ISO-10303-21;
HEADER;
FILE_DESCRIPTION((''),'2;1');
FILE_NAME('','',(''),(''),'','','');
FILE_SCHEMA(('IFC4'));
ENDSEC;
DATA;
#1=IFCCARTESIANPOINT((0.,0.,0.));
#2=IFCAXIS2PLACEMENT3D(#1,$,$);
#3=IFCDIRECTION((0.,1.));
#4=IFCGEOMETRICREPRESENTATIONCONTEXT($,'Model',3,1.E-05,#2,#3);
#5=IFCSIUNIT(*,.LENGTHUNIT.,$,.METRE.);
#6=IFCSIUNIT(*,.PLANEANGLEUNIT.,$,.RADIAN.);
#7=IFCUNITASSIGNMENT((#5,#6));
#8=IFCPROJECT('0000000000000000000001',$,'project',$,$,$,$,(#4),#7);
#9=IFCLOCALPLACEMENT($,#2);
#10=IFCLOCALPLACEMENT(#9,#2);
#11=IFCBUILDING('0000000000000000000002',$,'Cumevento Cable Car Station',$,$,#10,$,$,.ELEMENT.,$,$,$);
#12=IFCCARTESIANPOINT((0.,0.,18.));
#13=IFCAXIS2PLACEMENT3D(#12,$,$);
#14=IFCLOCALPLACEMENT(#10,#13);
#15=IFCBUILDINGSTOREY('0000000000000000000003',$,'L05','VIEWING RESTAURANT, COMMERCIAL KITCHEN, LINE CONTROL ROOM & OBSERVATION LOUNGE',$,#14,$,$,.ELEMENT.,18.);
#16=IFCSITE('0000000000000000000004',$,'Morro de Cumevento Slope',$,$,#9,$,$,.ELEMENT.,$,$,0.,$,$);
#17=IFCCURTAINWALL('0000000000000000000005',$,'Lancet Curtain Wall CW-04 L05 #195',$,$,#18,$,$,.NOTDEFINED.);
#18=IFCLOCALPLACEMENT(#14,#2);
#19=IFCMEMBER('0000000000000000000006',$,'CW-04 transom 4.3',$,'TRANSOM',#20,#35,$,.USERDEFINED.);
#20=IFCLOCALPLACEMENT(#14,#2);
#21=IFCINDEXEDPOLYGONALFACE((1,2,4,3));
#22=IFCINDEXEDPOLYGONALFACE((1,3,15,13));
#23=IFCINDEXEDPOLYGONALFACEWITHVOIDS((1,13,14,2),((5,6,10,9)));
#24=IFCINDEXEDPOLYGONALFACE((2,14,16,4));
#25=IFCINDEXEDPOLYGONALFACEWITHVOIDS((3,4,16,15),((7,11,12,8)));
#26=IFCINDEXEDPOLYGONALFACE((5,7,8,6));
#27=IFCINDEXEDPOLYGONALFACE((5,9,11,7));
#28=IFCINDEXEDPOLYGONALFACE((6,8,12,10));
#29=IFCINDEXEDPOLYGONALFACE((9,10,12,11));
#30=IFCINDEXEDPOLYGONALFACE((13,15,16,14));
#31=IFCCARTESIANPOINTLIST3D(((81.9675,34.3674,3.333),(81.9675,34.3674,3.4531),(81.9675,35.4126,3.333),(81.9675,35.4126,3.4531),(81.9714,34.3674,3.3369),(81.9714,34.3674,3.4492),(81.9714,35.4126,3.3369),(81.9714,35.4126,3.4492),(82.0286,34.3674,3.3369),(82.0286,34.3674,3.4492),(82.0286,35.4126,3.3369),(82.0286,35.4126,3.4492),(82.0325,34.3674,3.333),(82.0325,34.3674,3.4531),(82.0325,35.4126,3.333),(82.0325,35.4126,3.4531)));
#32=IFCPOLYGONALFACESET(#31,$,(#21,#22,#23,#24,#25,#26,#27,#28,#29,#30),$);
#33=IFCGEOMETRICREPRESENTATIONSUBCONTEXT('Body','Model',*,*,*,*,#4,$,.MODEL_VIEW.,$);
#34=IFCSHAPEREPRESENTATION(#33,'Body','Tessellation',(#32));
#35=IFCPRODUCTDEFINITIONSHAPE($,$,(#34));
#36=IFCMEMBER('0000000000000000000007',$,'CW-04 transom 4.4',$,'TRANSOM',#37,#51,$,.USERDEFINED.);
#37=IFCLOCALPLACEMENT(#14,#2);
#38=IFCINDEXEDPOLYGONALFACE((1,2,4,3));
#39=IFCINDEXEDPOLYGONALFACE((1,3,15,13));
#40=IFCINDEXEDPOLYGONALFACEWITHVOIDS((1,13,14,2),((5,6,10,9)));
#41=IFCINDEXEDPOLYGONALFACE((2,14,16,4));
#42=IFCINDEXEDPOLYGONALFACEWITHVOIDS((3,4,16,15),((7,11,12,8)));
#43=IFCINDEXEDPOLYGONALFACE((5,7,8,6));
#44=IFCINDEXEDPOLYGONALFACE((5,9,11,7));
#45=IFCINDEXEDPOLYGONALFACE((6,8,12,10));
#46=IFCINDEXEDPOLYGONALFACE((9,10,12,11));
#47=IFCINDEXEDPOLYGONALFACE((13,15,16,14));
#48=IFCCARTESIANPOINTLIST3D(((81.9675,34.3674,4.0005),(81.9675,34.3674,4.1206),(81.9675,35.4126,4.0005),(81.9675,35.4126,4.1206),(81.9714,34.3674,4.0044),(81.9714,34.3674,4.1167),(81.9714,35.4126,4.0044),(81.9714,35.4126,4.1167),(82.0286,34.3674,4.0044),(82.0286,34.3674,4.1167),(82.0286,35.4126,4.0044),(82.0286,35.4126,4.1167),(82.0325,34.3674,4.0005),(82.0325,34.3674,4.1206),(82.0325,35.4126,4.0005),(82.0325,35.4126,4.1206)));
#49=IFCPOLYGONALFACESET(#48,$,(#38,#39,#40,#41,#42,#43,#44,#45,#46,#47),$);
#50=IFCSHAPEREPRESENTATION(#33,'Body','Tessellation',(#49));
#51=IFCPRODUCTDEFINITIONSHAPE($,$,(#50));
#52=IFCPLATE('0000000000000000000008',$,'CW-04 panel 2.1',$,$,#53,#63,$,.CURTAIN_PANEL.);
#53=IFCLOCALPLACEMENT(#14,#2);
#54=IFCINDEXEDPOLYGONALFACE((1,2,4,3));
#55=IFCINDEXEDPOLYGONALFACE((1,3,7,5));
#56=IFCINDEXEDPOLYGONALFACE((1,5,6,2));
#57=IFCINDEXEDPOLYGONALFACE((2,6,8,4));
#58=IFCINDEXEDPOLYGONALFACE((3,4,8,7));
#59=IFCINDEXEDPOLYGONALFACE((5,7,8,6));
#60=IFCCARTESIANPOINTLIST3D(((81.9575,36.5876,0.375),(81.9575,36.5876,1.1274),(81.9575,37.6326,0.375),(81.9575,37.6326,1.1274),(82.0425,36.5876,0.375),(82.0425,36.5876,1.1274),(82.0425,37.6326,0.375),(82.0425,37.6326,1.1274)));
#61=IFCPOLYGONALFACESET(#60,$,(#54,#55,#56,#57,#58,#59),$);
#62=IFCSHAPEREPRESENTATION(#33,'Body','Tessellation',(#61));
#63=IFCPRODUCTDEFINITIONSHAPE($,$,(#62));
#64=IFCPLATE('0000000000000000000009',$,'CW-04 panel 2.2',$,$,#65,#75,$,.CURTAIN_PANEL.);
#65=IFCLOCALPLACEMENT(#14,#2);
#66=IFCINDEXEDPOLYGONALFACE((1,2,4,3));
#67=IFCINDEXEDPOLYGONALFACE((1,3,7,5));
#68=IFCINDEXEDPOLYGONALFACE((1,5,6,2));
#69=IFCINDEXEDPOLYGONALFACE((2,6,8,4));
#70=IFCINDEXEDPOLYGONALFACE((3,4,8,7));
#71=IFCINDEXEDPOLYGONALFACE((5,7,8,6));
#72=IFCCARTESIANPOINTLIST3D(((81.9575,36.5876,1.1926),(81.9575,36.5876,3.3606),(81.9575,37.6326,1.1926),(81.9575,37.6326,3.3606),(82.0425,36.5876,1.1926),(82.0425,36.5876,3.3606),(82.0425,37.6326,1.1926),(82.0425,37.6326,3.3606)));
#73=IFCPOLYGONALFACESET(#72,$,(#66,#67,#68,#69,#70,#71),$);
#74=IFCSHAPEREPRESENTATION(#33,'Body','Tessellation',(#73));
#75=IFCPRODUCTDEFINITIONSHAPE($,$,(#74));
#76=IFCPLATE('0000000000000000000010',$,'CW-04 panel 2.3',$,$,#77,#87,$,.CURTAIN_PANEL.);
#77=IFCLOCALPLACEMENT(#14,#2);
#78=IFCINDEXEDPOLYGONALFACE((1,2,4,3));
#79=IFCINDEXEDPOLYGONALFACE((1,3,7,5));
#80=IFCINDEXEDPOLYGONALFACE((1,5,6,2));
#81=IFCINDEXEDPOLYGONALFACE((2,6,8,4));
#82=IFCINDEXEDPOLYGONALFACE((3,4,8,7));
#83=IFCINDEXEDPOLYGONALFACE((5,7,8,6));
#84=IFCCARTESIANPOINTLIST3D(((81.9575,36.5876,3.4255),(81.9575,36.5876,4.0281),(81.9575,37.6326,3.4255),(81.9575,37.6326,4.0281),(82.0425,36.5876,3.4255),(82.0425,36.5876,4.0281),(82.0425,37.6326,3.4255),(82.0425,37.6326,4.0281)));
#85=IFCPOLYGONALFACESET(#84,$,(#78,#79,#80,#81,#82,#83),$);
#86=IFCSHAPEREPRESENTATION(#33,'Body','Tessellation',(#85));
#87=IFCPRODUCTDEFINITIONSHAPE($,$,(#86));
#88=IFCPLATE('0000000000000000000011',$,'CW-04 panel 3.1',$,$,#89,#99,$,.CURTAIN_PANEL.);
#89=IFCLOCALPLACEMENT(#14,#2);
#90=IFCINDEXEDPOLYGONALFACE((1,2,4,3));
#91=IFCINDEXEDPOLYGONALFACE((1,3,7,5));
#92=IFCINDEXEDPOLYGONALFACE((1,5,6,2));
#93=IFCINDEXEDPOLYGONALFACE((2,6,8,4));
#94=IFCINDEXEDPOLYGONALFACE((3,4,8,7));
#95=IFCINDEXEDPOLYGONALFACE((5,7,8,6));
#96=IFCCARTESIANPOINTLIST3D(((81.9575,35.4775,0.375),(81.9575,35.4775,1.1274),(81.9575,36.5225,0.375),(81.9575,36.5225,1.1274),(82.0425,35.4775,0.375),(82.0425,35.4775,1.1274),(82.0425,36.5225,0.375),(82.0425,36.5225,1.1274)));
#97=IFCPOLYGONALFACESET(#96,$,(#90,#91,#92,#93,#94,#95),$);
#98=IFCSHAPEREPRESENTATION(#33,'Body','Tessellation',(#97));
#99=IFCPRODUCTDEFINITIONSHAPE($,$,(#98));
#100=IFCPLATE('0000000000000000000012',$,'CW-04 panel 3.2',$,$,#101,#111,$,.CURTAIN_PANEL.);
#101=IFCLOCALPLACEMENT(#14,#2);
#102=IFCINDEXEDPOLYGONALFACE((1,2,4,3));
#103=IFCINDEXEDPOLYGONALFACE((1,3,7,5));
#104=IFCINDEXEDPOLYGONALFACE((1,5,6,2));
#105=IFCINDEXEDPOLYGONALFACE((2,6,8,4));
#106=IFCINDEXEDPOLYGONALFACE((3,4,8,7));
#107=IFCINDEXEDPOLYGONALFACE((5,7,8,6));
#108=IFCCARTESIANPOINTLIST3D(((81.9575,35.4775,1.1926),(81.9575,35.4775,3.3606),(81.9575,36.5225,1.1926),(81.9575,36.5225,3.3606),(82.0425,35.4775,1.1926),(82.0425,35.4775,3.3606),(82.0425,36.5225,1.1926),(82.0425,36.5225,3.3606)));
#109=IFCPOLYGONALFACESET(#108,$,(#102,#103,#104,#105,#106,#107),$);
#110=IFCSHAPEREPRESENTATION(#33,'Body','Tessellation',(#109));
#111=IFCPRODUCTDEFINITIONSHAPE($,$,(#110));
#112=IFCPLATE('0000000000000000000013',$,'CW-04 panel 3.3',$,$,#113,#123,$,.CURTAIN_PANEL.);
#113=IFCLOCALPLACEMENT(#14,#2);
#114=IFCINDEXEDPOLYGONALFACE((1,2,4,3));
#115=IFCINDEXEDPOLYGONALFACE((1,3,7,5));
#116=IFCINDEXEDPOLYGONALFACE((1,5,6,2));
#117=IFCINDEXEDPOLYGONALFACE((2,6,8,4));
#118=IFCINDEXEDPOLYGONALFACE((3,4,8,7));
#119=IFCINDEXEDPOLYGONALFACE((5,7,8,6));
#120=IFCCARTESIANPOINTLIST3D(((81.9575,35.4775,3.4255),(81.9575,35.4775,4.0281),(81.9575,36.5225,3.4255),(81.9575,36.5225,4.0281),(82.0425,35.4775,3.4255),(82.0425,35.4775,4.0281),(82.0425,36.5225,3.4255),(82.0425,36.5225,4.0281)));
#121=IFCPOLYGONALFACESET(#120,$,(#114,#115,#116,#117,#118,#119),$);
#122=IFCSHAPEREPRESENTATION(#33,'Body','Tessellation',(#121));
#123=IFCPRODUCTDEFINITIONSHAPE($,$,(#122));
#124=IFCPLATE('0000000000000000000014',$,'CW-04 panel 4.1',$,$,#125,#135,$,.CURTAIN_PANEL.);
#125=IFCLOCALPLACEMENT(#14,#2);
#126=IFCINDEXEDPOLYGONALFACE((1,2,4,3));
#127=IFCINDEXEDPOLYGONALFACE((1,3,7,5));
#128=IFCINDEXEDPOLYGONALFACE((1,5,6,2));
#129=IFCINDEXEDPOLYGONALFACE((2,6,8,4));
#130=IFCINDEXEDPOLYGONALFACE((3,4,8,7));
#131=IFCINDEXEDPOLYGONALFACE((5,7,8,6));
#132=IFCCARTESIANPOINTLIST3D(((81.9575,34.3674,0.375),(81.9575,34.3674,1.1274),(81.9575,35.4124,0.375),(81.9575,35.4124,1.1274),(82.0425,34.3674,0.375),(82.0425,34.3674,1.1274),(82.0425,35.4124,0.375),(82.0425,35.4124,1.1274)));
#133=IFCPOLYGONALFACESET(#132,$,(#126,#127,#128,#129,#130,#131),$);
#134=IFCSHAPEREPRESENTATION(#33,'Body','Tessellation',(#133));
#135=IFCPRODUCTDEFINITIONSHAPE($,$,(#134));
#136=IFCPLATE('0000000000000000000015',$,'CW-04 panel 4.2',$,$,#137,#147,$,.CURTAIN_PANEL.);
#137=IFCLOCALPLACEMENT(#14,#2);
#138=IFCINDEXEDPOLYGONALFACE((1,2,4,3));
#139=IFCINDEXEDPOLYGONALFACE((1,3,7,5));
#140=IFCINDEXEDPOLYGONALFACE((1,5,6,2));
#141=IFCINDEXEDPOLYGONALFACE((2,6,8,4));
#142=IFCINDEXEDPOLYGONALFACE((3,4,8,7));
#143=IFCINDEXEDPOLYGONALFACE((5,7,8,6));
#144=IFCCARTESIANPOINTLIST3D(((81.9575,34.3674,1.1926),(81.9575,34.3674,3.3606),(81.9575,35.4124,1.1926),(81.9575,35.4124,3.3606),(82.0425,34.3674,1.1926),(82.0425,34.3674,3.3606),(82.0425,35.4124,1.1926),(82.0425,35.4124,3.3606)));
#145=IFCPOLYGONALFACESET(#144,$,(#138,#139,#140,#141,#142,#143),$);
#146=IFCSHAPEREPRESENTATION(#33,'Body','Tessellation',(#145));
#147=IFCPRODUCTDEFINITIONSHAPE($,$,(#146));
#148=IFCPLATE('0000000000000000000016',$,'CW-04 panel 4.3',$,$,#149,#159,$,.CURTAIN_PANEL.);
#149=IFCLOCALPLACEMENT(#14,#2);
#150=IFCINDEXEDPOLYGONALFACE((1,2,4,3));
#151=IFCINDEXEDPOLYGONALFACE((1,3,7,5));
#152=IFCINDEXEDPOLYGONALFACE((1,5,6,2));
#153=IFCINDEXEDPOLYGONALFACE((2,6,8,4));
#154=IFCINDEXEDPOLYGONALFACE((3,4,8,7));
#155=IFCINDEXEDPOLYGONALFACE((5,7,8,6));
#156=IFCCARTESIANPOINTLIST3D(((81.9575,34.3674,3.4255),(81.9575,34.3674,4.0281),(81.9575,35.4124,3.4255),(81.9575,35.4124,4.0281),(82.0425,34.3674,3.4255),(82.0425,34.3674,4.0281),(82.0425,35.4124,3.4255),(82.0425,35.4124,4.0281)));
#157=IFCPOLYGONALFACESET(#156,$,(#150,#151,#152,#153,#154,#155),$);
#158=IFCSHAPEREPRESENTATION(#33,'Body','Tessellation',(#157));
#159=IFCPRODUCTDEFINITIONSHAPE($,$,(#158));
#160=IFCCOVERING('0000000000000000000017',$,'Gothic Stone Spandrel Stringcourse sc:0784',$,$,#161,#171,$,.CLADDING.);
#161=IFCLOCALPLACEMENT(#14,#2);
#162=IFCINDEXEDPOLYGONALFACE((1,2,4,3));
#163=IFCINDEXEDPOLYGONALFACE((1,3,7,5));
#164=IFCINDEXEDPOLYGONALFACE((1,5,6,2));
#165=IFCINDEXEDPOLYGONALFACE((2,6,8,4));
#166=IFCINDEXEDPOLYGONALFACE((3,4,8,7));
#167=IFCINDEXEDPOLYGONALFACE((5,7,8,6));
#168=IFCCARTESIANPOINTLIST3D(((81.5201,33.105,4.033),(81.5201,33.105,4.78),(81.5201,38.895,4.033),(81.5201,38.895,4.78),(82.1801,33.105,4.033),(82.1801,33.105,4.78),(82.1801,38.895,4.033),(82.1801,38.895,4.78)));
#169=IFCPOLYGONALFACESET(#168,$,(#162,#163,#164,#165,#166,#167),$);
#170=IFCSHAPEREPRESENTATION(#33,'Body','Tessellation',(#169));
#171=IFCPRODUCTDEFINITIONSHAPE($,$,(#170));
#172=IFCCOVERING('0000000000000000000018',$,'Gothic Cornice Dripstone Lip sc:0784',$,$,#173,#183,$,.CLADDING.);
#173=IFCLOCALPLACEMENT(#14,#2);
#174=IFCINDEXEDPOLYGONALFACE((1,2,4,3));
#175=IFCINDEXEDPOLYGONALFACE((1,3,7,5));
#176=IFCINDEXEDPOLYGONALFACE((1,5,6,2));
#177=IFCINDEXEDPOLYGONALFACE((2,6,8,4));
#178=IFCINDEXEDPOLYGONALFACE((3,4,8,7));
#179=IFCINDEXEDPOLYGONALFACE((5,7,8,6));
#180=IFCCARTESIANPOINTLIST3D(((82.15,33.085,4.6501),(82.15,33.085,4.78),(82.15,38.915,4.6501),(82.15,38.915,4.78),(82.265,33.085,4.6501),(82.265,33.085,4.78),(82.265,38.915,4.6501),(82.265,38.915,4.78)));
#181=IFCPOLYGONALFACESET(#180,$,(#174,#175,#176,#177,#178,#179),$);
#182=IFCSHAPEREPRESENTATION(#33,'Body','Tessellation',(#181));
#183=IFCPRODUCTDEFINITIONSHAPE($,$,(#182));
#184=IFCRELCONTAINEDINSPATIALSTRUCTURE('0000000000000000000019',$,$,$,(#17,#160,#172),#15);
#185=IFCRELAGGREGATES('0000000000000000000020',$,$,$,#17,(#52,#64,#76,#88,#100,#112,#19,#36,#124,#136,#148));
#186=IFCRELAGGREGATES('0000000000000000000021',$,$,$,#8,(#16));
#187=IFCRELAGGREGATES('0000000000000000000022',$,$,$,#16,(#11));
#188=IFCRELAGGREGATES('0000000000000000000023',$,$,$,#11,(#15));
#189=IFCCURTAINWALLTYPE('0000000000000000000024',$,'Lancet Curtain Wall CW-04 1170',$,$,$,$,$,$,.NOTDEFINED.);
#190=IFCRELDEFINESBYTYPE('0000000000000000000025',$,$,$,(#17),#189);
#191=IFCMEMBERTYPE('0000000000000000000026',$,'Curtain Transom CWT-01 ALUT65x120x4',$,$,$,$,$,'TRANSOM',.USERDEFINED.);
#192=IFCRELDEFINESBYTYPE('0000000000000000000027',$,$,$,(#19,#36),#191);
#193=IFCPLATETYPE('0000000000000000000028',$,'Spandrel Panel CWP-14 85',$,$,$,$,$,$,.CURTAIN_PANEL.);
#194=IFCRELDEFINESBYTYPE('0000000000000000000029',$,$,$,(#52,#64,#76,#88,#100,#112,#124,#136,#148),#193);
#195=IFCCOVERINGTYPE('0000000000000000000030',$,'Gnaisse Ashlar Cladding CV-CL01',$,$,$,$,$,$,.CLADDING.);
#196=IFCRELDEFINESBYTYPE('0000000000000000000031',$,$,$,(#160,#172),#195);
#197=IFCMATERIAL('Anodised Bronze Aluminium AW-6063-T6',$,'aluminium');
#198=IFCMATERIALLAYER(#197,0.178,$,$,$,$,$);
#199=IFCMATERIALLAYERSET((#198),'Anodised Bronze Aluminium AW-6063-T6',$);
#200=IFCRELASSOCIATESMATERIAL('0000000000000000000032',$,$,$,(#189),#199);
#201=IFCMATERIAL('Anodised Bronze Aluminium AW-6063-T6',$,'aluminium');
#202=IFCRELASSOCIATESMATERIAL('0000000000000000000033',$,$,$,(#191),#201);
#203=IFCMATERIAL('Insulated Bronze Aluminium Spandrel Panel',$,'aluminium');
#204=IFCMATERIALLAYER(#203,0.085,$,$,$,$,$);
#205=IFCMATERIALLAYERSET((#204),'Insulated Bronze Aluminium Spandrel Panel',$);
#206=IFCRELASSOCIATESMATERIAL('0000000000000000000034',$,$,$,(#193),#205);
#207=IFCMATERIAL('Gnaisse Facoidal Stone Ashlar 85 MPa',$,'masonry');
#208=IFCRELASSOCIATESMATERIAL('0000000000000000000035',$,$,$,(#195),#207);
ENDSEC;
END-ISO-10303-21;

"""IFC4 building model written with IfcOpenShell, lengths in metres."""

from ifc_helpers import new_model, si_unit, direction, frame, origin, origin_2d, place, context, subcontext, project, spatial, rectangle, hollow_rectangle, extrude, material, layer, layer_set, material_profile, profile_set, type_object, element, aggregate, save


model = new_model("IFC4")

# Units and contexts
model_context = context("Model", 3, precision=1e-05, world=origin(), true_north=direction((0.0, 1.0)))
body_context = subcontext(model_context, "Body", "Model", "MODEL_VIEW")
ifc_project = project(units=[si_unit("LENGTHUNIT", "METRE"), si_unit("PLANEANGLEUNIT", "RADIAN")], contexts=[model_context])

# Site, building, storey
site_placement = place(None, origin())
site = spatial("IfcSite", under=ifc_project, at=site_placement, Name="Morro de Cumevento Slope", CompositionType="ELEMENT", RefElevation=0.0)
building_placement = place(site_placement, origin())
building = spatial("IfcBuilding", under=site, at=building_placement, Name="Cumevento Cable Car Station", CompositionType="ELEMENT")
storey_placement = place(building_placement, frame((0.0, 0.0, 18.0)))
storey = spatial("IfcBuildingStorey", under=building, at=storey_placement, Name="L05", Description="VIEWING RESTAURANT, COMMERCIAL KITCHEN, LINE CONTROL ROOM & OBSERVATION LOUNGE", CompositionType="ELEMENT", Elevation=18.0)

# Curtain wall, members, plates
ifc_material_1 = material(Name="Anodised Bronze Aluminium AW-6063-T6", Category="aluminium")
ifc_layer_1 = layer(ifc_material_1, 0.178)
ifc_layer_set_1 = layer_set([ifc_layer_1], Name="Anodised Bronze Aluminium AW-6063-T6")
curtain_wall_type = type_object("IfcCurtainWallType", Name="Lancet Curtain Wall CW-04 1170", PredefinedType="NOTDEFINED", material=ifc_layer_set_1)
curtain_wall_placement = place(storey_placement, origin())
curtain_wall = element("IfcCurtainWall", 1, at=curtain_wall_placement, inside=storey, type_object=curtain_wall_type, Name="Lancet Curtain Wall CW-04 L05 #195", PredefinedType="NOTDEFINED")
ifc_material_2 = material(Name="Anodised Bronze Aluminium AW-6063-T6", Category="aluminium")
ifc_material_profile_1 = material_profile(ifc_material_2, hollow_rectangle(XDim=0.0649, YDim=0.1201, WallThickness=0.0039, at=origin_2d()), Name="ALUT65x120x4")
ifc_profile_set_1 = profile_set([ifc_material_profile_1], Name="Anodised Bronze Aluminium AW-6063-T6")
member_type_1 = type_object("IfcMemberType", Name="Curtain Transom CWT-01 ALUT65x120x4", ElementType="TRANSOM", PredefinedType="USERDEFINED", material=ifc_profile_set_1)
member_1_placement = place(storey_placement, frame((82.0, 35.4126, 3.3931), z_axis=(0.0, -1.0, 0.0), x_axis=(1.0, 0.0, 0.0)))
member_1 = element("IfcMember", 2, at=member_1_placement, type_object=member_type_1, Name="CW-04 transom 4.3", ObjectType="TRANSOM", PredefinedType="USERDEFINED", context=body_context, shape_type="SweptSolid", body=[
    extrude(hollow_rectangle(XDim=0.0649, YDim=0.1201, WallThickness=0.0039, at=origin_2d()), origin(), (0.0, 0.0, 1.0), 1.0452),
])
member_2_placement = place(storey_placement, frame((82.0, 35.4126, 4.0605), z_axis=(0.0, -1.0, 0.0), x_axis=(1.0, 0.0, 0.0)))
member_2 = element("IfcMember", 3, at=member_2_placement, type_object=member_type_1, Name="CW-04 transom 4.4", ObjectType="TRANSOM", PredefinedType="USERDEFINED", context=body_context, shape_type="SweptSolid", body=[
    extrude(hollow_rectangle(XDim=0.0649, YDim=0.1201, WallThickness=0.0039, at=origin_2d()), origin(), (0.0, 0.0, 1.0), 1.0452),
])
ifc_material_3 = material(Name="Insulated Bronze Aluminium Spandrel Panel", Category="aluminium")
ifc_layer_2 = layer(ifc_material_3, 0.085)
ifc_layer_set_2 = layer_set([ifc_layer_2], Name="Insulated Bronze Aluminium Spandrel Panel")
plate_type = type_object("IfcPlateType", Name="Spandrel Panel CWP-14 85", PredefinedType="CURTAIN_PANEL", material=ifc_layer_set_2)
plate_1_placement = place(storey_placement, frame((82.0, 37.1101, 0.375), z_axis=(0.0, 0.0, 1.0), x_axis=(0.0, -1.0, 0.0)))
plate_1 = element("IfcPlate", 4, at=plate_1_placement, type_object=plate_type, Name="CW-04 panel 2.1", PredefinedType="CURTAIN_PANEL", context=body_context, shape_type="SweptSolid", body=[
    extrude(rectangle(XDim=1.0449, YDim=0.085, at=origin_2d()), origin(), (0.0, 0.0, 1.0), 0.7524),
])
plate_2_placement = place(storey_placement, frame((82.0, 37.1101, 1.1926), z_axis=(0.0, 0.0, 1.0), x_axis=(0.0, -1.0, 0.0)))
plate_2 = element("IfcPlate", 5, at=plate_2_placement, type_object=plate_type, Name="CW-04 panel 2.2", PredefinedType="CURTAIN_PANEL", context=body_context, shape_type="SweptSolid", body=[
    extrude(rectangle(XDim=1.0449, YDim=0.085, at=origin_2d()), origin(), (0.0, 0.0, 1.0), 2.168),
])
plate_3_placement = place(storey_placement, frame((82.0, 37.1101, 3.4255), z_axis=(0.0, 0.0, 1.0), x_axis=(0.0, -1.0, 0.0)))
plate_3 = element("IfcPlate", 6, at=plate_3_placement, type_object=plate_type, Name="CW-04 panel 2.3", PredefinedType="CURTAIN_PANEL", context=body_context, shape_type="SweptSolid", body=[
    extrude(rectangle(XDim=1.0449, YDim=0.085, at=origin_2d()), origin(), (0.0, 0.0, 1.0), 0.6025),
])
plate_4_placement = place(storey_placement, frame((82.0, 36.0, 0.375), z_axis=(0.0, 0.0, 1.0), x_axis=(0.0, -1.0, 0.0)))
plate_4 = element("IfcPlate", 7, at=plate_4_placement, type_object=plate_type, Name="CW-04 panel 3.1", PredefinedType="CURTAIN_PANEL", context=body_context, shape_type="SweptSolid", body=[
    extrude(rectangle(XDim=1.0449, YDim=0.085, at=origin_2d()), origin(), (0.0, 0.0, 1.0), 0.7524),
])
plate_5_placement = place(storey_placement, frame((82.0, 36.0, 1.1926), z_axis=(0.0, 0.0, 1.0), x_axis=(0.0, -1.0, 0.0)))
plate_5 = element("IfcPlate", 8, at=plate_5_placement, type_object=plate_type, Name="CW-04 panel 3.2", PredefinedType="CURTAIN_PANEL", context=body_context, shape_type="SweptSolid", body=[
    extrude(rectangle(XDim=1.0449, YDim=0.085, at=origin_2d()), origin(), (0.0, 0.0, 1.0), 2.168),
])
plate_6_placement = place(storey_placement, frame((82.0, 36.0, 3.4255), z_axis=(0.0, 0.0, 1.0), x_axis=(0.0, -1.0, 0.0)))
plate_6 = element("IfcPlate", 9, at=plate_6_placement, type_object=plate_type, Name="CW-04 panel 3.3", PredefinedType="CURTAIN_PANEL", context=body_context, shape_type="SweptSolid", body=[
    extrude(rectangle(XDim=1.0449, YDim=0.085, at=origin_2d()), origin(), (0.0, 0.0, 1.0), 0.6025),
])
plate_7_placement = place(storey_placement, frame((82.0, 34.8899, 0.375), z_axis=(0.0, 0.0, 1.0), x_axis=(0.0, -1.0, 0.0)))
plate_7 = element("IfcPlate", 10, at=plate_7_placement, type_object=plate_type, Name="CW-04 panel 4.1", PredefinedType="CURTAIN_PANEL", context=body_context, shape_type="SweptSolid", body=[
    extrude(rectangle(XDim=1.0449, YDim=0.085, at=origin_2d()), origin(), (0.0, 0.0, 1.0), 0.7524),
])
plate_8_placement = place(storey_placement, frame((82.0, 34.8899, 1.1926), z_axis=(0.0, 0.0, 1.0), x_axis=(0.0, -1.0, 0.0)))
plate_8 = element("IfcPlate", 11, at=plate_8_placement, type_object=plate_type, Name="CW-04 panel 4.2", PredefinedType="CURTAIN_PANEL", context=body_context, shape_type="SweptSolid", body=[
    extrude(rectangle(XDim=1.0449, YDim=0.085, at=origin_2d()), origin(), (0.0, 0.0, 1.0), 2.168),
])
plate_9_placement = place(storey_placement, frame((82.0, 34.8899, 3.4255), z_axis=(0.0, 0.0, 1.0), x_axis=(0.0, -1.0, 0.0)))
plate_9 = element("IfcPlate", 12, at=plate_9_placement, type_object=plate_type, Name="CW-04 panel 4.3", PredefinedType="CURTAIN_PANEL", context=body_context, shape_type="SweptSolid", body=[
    extrude(rectangle(XDim=1.0449, YDim=0.085, at=origin_2d()), origin(), (0.0, 0.0, 1.0), 0.6025),
])
aggregate(curtain_wall, [plate_1, plate_2, plate_3, plate_4, plate_5, plate_6, member_1, member_2, plate_7, plate_8, plate_9])

# Coverings
ifc_material_4 = material(Name="Gnaisse Facoidal Stone Ashlar 85 MPa", Category="masonry")
covering_type = type_object("IfcCoveringType", Name="Gnaisse Ashlar Cladding CV-CL01", PredefinedType="CLADDING", material=ifc_material_4)
covering_1_placement = place(storey_placement, frame((81.8501, 36.0, 4.033), z_axis=(0.0, 0.0, 1.0), x_axis=(0.0, -1.0, 0.0)))
element("IfcCovering", 13, at=covering_1_placement, inside=storey, type_object=covering_type, Name="Gothic Stone Spandrel Stringcourse sc:0784", PredefinedType="CLADDING", context=body_context, shape_type="SweptSolid", body=[
    extrude(rectangle(XDim=5.79, YDim=0.6599, at=origin_2d()), origin(), (0.0, 0.0, 1.0), 0.7471),
])
covering_2_placement = place(storey_placement, frame((82.2075, 36.0, 4.6501), z_axis=(0.0, 0.0, 1.0), x_axis=(0.0, -1.0, 0.0)))
element("IfcCovering", 14, at=covering_2_placement, inside=storey, type_object=covering_type, Name="Gothic Cornice Dripstone Lip sc:0784", PredefinedType="CLADDING", context=body_context, shape_type="SweptSolid", body=[
    extrude(rectangle(XDim=5.8301, YDim=0.115, at=origin_2d()), origin(), (0.0, 0.0, 1.0), 0.1299),
])

save(model, "model.ifc")
